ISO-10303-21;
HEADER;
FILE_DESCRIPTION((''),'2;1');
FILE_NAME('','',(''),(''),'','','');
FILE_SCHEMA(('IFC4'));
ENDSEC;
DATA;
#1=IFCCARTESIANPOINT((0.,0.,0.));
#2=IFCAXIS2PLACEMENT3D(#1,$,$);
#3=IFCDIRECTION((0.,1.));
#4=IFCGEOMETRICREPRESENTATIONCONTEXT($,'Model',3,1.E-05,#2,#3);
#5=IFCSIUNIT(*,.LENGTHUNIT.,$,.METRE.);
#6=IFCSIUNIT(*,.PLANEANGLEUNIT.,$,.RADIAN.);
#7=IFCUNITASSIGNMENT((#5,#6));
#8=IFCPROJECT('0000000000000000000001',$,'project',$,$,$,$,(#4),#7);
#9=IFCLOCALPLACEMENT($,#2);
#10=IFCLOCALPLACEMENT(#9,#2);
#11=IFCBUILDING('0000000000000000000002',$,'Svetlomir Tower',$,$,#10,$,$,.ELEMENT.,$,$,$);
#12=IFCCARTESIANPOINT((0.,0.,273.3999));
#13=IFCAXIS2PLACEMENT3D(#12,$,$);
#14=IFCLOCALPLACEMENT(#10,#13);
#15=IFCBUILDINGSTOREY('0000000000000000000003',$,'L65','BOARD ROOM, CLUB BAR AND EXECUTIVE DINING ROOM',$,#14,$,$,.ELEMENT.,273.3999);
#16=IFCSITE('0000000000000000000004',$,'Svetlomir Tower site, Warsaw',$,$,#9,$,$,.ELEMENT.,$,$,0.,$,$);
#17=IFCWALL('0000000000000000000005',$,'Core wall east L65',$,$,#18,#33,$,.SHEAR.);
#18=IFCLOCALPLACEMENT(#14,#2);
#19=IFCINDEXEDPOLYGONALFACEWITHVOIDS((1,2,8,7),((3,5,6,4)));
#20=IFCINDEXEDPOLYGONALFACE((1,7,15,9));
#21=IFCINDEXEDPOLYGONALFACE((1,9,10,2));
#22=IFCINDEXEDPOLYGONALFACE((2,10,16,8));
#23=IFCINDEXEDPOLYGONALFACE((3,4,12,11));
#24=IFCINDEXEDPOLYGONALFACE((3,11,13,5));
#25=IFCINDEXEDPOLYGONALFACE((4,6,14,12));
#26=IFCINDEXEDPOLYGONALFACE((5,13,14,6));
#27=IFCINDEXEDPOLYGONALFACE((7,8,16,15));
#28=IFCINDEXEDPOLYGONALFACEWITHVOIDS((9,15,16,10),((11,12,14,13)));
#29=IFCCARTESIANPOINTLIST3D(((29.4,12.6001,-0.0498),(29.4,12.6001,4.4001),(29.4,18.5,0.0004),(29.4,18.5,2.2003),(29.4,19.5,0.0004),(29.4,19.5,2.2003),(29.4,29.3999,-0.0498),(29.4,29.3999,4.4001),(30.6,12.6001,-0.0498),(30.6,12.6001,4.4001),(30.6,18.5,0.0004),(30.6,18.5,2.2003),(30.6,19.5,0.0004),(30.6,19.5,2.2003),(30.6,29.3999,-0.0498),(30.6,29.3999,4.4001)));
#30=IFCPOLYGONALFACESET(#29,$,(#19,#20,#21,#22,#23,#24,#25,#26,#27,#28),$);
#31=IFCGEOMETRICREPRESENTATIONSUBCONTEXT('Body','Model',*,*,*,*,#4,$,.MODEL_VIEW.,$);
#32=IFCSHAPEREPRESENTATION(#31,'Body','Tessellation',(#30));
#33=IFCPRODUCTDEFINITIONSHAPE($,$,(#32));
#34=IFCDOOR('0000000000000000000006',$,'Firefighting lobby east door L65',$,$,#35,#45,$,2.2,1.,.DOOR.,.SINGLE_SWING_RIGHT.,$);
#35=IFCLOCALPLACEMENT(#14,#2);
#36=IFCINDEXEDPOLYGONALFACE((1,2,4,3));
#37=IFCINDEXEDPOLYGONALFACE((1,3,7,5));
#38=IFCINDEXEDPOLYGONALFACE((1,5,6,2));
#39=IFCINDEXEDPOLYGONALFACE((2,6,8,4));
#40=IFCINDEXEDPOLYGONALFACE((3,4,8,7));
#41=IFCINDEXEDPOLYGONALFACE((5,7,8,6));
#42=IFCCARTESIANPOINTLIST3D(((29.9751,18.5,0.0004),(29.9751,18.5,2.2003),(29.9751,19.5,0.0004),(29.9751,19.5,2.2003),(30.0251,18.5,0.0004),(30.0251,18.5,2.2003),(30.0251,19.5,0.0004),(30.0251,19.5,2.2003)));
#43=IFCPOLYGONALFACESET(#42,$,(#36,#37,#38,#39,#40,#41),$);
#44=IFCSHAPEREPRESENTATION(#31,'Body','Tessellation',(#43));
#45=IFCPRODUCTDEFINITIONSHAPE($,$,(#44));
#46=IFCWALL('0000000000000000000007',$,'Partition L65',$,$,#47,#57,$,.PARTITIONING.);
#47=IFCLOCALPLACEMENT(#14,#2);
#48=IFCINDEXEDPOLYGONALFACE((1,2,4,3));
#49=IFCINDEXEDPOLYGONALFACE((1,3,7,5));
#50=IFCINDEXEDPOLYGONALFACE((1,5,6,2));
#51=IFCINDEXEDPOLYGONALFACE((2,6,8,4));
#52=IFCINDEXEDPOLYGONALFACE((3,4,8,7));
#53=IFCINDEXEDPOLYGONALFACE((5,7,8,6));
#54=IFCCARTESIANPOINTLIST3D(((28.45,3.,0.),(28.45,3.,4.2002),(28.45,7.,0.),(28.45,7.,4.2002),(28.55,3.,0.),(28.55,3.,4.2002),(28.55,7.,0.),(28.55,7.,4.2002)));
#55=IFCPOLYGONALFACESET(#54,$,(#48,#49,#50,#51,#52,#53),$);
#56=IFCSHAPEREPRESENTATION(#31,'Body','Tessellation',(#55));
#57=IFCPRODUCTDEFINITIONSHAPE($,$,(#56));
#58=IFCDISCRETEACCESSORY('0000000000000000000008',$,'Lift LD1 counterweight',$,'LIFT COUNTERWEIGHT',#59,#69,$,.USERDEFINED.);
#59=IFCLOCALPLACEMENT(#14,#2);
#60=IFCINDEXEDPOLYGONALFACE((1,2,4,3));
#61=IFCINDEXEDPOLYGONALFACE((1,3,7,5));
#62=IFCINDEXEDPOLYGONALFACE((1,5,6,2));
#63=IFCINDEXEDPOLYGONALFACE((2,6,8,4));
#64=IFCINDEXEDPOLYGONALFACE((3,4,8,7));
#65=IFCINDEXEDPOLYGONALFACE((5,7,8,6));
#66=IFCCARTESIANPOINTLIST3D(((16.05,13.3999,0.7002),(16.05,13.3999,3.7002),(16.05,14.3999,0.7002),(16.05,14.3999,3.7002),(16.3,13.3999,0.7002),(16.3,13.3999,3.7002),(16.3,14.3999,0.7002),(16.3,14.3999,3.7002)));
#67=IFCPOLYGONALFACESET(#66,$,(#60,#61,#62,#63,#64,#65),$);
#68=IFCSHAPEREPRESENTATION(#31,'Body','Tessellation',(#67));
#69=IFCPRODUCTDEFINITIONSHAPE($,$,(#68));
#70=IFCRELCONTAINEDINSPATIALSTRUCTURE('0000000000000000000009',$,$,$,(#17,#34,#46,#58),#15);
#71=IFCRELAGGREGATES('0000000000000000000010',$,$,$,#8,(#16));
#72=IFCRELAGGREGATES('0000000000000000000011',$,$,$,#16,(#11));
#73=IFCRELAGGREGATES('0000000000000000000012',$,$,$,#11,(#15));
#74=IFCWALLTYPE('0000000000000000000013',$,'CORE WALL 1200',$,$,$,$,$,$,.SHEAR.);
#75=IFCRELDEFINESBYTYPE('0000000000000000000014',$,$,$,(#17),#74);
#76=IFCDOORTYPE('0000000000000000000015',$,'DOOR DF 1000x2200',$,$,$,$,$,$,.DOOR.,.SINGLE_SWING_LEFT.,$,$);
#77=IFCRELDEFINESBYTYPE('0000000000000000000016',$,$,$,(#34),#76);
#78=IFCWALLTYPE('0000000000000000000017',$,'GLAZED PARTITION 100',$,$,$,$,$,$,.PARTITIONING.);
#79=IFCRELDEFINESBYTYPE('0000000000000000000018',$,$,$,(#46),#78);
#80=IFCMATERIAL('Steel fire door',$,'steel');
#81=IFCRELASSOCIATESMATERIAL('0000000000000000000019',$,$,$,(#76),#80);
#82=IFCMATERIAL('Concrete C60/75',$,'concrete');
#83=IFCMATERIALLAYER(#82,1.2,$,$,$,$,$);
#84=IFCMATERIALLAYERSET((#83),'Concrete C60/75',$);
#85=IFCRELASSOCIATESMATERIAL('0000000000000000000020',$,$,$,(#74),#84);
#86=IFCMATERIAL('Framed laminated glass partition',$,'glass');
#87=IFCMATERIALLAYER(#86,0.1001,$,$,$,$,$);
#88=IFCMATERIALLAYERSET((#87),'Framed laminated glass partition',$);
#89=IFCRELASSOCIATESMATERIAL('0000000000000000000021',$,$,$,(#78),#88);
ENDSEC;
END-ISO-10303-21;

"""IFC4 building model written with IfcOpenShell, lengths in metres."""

from ifc_helpers import new_model, si_unit, direction, frame, frame_2d, origin, origin_2d, place, context, subcontext, project, spatial, rectangle, extrude, material, layer, layer_set, type_object, element, fill, save


model = new_model("IFC4")

# Units and contexts
model_context = context("Model", 3, precision=1e-05, world=origin(), true_north=direction((0.0, 1.0)))
body_context = subcontext(model_context, "Body", "Model", "MODEL_VIEW")
ifc_project = project(units=[si_unit("LENGTHUNIT", "METRE"), si_unit("PLANEANGLEUNIT", "RADIAN")], contexts=[model_context])

# Site, building, storey
site_placement = place(None, origin())
site = spatial("IfcSite", under=ifc_project, at=site_placement, Name="Svetlomir Tower site, Warsaw", CompositionType="ELEMENT", RefElevation=0.0)
building_placement = place(site_placement, origin())
building = spatial("IfcBuilding", under=site, at=building_placement, Name="Svetlomir Tower", CompositionType="ELEMENT")
storey_placement = place(building_placement, frame((0.0, 0.0, 273.3999)))
storey = spatial("IfcBuildingStorey", under=building, at=storey_placement, Name="L65", Description="BOARD ROOM, CLUB BAR AND EXECUTIVE DINING ROOM", CompositionType="ELEMENT", Elevation=273.3999)

# Wall, opening, door
ifc_material_1 = material(Name="Steel fire door", Category="steel")
door_type_1 = type_object("IfcDoorType", Name="DOOR DF 1000x2200", OperationType="SINGLE_SWING_LEFT", PredefinedType="DOOR", material=ifc_material_1)
ifc_material_2 = material(Name="Concrete C60/75", Category="concrete")
ifc_layer_1 = layer(ifc_material_2, 1.2)
ifc_layer_set_1 = layer_set([ifc_layer_1], Name="Concrete C60/75")
wall_type_1 = type_object("IfcWallType", Name="CORE WALL 1200", PredefinedType="SHEAR", material=ifc_layer_set_1)
wall_1_placement = place(storey_placement, frame((30.0, 12.6001, -0.0498), z_axis=(0.0, 0.0, 1.0), x_axis=(0.0, 1.0, 0.0)))
wall_1 = element("IfcWall", 1, at=wall_1_placement, inside=storey, type_object=wall_type_1, Name="Core wall east L65", PredefinedType="SHEAR", context=body_context, shape_type="SweptSolid", body=[
    extrude(rectangle(XDim=16.7998, YDim=1.2, at=frame_2d((8.3999, 0.0))), origin(), (0.0, 0.0, 1.0), 4.45),
])
opening_1_placement = place(wall_1_placement, frame((5.8999, 0.0, 0.05)))
opening_1 = element("IfcOpeningElement", 2, at=opening_1_placement, cuts=wall_1, PredefinedType="OPENING", context=body_context, shape_type="SweptSolid", body=[
    extrude(rectangle(XDim=1.0, YDim=2.2, at=frame_2d((0.5, 1.1001))), frame((0.0, 0.6099, 0.0), z_axis=(0.0, -1.0, 0.0), x_axis=(1.0, 0.0, 0.0)), (0.0, 0.0, 1.0), 1.22),
])
door_1_placement = place(opening_1_placement, origin())
door_1 = element("IfcDoor", 3, at=door_1_placement, inside=storey, type_object=door_type_1, Name="Firefighting lobby east door L65", OperationType="SINGLE_SWING_RIGHT", OverallHeight=2.2, OverallWidth=1.0, PredefinedType="DOOR", context=body_context, shape_type="SweptSolid", body=[
    extrude(rectangle(XDim=1.0, YDim=2.2, at=frame_2d((0.5, 1.1001))), frame((0.0, 0.0249, 0.0), z_axis=(0.0, -1.0, 0.0), x_axis=(1.0, 0.0, 0.0)), (0.0, 0.0, 1.0), 0.05),
])
fill(opening_1, door_1)

# Wall
ifc_material_3 = material(Name="Framed laminated glass partition", Category="glass")
ifc_layer_2 = layer(ifc_material_3, 0.1001)
ifc_layer_set_2 = layer_set([ifc_layer_2], Name="Framed laminated glass partition")
wall_type_2 = type_object("IfcWallType", Name="GLAZED PARTITION 100", PredefinedType="PARTITIONING", material=ifc_layer_set_2)
wall_2_placement = place(storey_placement, frame((28.5, 3.0, 0.0), z_axis=(0.0, 0.0, 1.0), x_axis=(0.0, 1.0, 0.0)))
element("IfcWall", 4, at=wall_2_placement, inside=storey, type_object=wall_type_2, Name="Partition L65", PredefinedType="PARTITIONING", context=body_context, shape_type="SweptSolid", body=[
    extrude(rectangle(XDim=4.0, YDim=0.1001, at=frame_2d((2.0, 0.0))), origin(), (0.0, 0.0, 1.0), 4.2002),
])

# Discrete accessory
discrete_accessory_placement = place(storey_placement, frame((16.175, 13.8999, 0.7002), z_axis=(0.0, 0.0, 1.0), x_axis=(1.0, 0.0, 0.0)))
element("IfcDiscreteAccessory", 5, at=discrete_accessory_placement, inside=storey, Name="Lift LD1 counterweight", ObjectType="LIFT COUNTERWEIGHT", PredefinedType="USERDEFINED", context=body_context, shape_type="SweptSolid", body=[
    extrude(rectangle(XDim=0.25, YDim=1.0, at=origin_2d()), origin(), (0.0, 0.0, 1.0), 3.0),
])

save(model, "model.ifc")
